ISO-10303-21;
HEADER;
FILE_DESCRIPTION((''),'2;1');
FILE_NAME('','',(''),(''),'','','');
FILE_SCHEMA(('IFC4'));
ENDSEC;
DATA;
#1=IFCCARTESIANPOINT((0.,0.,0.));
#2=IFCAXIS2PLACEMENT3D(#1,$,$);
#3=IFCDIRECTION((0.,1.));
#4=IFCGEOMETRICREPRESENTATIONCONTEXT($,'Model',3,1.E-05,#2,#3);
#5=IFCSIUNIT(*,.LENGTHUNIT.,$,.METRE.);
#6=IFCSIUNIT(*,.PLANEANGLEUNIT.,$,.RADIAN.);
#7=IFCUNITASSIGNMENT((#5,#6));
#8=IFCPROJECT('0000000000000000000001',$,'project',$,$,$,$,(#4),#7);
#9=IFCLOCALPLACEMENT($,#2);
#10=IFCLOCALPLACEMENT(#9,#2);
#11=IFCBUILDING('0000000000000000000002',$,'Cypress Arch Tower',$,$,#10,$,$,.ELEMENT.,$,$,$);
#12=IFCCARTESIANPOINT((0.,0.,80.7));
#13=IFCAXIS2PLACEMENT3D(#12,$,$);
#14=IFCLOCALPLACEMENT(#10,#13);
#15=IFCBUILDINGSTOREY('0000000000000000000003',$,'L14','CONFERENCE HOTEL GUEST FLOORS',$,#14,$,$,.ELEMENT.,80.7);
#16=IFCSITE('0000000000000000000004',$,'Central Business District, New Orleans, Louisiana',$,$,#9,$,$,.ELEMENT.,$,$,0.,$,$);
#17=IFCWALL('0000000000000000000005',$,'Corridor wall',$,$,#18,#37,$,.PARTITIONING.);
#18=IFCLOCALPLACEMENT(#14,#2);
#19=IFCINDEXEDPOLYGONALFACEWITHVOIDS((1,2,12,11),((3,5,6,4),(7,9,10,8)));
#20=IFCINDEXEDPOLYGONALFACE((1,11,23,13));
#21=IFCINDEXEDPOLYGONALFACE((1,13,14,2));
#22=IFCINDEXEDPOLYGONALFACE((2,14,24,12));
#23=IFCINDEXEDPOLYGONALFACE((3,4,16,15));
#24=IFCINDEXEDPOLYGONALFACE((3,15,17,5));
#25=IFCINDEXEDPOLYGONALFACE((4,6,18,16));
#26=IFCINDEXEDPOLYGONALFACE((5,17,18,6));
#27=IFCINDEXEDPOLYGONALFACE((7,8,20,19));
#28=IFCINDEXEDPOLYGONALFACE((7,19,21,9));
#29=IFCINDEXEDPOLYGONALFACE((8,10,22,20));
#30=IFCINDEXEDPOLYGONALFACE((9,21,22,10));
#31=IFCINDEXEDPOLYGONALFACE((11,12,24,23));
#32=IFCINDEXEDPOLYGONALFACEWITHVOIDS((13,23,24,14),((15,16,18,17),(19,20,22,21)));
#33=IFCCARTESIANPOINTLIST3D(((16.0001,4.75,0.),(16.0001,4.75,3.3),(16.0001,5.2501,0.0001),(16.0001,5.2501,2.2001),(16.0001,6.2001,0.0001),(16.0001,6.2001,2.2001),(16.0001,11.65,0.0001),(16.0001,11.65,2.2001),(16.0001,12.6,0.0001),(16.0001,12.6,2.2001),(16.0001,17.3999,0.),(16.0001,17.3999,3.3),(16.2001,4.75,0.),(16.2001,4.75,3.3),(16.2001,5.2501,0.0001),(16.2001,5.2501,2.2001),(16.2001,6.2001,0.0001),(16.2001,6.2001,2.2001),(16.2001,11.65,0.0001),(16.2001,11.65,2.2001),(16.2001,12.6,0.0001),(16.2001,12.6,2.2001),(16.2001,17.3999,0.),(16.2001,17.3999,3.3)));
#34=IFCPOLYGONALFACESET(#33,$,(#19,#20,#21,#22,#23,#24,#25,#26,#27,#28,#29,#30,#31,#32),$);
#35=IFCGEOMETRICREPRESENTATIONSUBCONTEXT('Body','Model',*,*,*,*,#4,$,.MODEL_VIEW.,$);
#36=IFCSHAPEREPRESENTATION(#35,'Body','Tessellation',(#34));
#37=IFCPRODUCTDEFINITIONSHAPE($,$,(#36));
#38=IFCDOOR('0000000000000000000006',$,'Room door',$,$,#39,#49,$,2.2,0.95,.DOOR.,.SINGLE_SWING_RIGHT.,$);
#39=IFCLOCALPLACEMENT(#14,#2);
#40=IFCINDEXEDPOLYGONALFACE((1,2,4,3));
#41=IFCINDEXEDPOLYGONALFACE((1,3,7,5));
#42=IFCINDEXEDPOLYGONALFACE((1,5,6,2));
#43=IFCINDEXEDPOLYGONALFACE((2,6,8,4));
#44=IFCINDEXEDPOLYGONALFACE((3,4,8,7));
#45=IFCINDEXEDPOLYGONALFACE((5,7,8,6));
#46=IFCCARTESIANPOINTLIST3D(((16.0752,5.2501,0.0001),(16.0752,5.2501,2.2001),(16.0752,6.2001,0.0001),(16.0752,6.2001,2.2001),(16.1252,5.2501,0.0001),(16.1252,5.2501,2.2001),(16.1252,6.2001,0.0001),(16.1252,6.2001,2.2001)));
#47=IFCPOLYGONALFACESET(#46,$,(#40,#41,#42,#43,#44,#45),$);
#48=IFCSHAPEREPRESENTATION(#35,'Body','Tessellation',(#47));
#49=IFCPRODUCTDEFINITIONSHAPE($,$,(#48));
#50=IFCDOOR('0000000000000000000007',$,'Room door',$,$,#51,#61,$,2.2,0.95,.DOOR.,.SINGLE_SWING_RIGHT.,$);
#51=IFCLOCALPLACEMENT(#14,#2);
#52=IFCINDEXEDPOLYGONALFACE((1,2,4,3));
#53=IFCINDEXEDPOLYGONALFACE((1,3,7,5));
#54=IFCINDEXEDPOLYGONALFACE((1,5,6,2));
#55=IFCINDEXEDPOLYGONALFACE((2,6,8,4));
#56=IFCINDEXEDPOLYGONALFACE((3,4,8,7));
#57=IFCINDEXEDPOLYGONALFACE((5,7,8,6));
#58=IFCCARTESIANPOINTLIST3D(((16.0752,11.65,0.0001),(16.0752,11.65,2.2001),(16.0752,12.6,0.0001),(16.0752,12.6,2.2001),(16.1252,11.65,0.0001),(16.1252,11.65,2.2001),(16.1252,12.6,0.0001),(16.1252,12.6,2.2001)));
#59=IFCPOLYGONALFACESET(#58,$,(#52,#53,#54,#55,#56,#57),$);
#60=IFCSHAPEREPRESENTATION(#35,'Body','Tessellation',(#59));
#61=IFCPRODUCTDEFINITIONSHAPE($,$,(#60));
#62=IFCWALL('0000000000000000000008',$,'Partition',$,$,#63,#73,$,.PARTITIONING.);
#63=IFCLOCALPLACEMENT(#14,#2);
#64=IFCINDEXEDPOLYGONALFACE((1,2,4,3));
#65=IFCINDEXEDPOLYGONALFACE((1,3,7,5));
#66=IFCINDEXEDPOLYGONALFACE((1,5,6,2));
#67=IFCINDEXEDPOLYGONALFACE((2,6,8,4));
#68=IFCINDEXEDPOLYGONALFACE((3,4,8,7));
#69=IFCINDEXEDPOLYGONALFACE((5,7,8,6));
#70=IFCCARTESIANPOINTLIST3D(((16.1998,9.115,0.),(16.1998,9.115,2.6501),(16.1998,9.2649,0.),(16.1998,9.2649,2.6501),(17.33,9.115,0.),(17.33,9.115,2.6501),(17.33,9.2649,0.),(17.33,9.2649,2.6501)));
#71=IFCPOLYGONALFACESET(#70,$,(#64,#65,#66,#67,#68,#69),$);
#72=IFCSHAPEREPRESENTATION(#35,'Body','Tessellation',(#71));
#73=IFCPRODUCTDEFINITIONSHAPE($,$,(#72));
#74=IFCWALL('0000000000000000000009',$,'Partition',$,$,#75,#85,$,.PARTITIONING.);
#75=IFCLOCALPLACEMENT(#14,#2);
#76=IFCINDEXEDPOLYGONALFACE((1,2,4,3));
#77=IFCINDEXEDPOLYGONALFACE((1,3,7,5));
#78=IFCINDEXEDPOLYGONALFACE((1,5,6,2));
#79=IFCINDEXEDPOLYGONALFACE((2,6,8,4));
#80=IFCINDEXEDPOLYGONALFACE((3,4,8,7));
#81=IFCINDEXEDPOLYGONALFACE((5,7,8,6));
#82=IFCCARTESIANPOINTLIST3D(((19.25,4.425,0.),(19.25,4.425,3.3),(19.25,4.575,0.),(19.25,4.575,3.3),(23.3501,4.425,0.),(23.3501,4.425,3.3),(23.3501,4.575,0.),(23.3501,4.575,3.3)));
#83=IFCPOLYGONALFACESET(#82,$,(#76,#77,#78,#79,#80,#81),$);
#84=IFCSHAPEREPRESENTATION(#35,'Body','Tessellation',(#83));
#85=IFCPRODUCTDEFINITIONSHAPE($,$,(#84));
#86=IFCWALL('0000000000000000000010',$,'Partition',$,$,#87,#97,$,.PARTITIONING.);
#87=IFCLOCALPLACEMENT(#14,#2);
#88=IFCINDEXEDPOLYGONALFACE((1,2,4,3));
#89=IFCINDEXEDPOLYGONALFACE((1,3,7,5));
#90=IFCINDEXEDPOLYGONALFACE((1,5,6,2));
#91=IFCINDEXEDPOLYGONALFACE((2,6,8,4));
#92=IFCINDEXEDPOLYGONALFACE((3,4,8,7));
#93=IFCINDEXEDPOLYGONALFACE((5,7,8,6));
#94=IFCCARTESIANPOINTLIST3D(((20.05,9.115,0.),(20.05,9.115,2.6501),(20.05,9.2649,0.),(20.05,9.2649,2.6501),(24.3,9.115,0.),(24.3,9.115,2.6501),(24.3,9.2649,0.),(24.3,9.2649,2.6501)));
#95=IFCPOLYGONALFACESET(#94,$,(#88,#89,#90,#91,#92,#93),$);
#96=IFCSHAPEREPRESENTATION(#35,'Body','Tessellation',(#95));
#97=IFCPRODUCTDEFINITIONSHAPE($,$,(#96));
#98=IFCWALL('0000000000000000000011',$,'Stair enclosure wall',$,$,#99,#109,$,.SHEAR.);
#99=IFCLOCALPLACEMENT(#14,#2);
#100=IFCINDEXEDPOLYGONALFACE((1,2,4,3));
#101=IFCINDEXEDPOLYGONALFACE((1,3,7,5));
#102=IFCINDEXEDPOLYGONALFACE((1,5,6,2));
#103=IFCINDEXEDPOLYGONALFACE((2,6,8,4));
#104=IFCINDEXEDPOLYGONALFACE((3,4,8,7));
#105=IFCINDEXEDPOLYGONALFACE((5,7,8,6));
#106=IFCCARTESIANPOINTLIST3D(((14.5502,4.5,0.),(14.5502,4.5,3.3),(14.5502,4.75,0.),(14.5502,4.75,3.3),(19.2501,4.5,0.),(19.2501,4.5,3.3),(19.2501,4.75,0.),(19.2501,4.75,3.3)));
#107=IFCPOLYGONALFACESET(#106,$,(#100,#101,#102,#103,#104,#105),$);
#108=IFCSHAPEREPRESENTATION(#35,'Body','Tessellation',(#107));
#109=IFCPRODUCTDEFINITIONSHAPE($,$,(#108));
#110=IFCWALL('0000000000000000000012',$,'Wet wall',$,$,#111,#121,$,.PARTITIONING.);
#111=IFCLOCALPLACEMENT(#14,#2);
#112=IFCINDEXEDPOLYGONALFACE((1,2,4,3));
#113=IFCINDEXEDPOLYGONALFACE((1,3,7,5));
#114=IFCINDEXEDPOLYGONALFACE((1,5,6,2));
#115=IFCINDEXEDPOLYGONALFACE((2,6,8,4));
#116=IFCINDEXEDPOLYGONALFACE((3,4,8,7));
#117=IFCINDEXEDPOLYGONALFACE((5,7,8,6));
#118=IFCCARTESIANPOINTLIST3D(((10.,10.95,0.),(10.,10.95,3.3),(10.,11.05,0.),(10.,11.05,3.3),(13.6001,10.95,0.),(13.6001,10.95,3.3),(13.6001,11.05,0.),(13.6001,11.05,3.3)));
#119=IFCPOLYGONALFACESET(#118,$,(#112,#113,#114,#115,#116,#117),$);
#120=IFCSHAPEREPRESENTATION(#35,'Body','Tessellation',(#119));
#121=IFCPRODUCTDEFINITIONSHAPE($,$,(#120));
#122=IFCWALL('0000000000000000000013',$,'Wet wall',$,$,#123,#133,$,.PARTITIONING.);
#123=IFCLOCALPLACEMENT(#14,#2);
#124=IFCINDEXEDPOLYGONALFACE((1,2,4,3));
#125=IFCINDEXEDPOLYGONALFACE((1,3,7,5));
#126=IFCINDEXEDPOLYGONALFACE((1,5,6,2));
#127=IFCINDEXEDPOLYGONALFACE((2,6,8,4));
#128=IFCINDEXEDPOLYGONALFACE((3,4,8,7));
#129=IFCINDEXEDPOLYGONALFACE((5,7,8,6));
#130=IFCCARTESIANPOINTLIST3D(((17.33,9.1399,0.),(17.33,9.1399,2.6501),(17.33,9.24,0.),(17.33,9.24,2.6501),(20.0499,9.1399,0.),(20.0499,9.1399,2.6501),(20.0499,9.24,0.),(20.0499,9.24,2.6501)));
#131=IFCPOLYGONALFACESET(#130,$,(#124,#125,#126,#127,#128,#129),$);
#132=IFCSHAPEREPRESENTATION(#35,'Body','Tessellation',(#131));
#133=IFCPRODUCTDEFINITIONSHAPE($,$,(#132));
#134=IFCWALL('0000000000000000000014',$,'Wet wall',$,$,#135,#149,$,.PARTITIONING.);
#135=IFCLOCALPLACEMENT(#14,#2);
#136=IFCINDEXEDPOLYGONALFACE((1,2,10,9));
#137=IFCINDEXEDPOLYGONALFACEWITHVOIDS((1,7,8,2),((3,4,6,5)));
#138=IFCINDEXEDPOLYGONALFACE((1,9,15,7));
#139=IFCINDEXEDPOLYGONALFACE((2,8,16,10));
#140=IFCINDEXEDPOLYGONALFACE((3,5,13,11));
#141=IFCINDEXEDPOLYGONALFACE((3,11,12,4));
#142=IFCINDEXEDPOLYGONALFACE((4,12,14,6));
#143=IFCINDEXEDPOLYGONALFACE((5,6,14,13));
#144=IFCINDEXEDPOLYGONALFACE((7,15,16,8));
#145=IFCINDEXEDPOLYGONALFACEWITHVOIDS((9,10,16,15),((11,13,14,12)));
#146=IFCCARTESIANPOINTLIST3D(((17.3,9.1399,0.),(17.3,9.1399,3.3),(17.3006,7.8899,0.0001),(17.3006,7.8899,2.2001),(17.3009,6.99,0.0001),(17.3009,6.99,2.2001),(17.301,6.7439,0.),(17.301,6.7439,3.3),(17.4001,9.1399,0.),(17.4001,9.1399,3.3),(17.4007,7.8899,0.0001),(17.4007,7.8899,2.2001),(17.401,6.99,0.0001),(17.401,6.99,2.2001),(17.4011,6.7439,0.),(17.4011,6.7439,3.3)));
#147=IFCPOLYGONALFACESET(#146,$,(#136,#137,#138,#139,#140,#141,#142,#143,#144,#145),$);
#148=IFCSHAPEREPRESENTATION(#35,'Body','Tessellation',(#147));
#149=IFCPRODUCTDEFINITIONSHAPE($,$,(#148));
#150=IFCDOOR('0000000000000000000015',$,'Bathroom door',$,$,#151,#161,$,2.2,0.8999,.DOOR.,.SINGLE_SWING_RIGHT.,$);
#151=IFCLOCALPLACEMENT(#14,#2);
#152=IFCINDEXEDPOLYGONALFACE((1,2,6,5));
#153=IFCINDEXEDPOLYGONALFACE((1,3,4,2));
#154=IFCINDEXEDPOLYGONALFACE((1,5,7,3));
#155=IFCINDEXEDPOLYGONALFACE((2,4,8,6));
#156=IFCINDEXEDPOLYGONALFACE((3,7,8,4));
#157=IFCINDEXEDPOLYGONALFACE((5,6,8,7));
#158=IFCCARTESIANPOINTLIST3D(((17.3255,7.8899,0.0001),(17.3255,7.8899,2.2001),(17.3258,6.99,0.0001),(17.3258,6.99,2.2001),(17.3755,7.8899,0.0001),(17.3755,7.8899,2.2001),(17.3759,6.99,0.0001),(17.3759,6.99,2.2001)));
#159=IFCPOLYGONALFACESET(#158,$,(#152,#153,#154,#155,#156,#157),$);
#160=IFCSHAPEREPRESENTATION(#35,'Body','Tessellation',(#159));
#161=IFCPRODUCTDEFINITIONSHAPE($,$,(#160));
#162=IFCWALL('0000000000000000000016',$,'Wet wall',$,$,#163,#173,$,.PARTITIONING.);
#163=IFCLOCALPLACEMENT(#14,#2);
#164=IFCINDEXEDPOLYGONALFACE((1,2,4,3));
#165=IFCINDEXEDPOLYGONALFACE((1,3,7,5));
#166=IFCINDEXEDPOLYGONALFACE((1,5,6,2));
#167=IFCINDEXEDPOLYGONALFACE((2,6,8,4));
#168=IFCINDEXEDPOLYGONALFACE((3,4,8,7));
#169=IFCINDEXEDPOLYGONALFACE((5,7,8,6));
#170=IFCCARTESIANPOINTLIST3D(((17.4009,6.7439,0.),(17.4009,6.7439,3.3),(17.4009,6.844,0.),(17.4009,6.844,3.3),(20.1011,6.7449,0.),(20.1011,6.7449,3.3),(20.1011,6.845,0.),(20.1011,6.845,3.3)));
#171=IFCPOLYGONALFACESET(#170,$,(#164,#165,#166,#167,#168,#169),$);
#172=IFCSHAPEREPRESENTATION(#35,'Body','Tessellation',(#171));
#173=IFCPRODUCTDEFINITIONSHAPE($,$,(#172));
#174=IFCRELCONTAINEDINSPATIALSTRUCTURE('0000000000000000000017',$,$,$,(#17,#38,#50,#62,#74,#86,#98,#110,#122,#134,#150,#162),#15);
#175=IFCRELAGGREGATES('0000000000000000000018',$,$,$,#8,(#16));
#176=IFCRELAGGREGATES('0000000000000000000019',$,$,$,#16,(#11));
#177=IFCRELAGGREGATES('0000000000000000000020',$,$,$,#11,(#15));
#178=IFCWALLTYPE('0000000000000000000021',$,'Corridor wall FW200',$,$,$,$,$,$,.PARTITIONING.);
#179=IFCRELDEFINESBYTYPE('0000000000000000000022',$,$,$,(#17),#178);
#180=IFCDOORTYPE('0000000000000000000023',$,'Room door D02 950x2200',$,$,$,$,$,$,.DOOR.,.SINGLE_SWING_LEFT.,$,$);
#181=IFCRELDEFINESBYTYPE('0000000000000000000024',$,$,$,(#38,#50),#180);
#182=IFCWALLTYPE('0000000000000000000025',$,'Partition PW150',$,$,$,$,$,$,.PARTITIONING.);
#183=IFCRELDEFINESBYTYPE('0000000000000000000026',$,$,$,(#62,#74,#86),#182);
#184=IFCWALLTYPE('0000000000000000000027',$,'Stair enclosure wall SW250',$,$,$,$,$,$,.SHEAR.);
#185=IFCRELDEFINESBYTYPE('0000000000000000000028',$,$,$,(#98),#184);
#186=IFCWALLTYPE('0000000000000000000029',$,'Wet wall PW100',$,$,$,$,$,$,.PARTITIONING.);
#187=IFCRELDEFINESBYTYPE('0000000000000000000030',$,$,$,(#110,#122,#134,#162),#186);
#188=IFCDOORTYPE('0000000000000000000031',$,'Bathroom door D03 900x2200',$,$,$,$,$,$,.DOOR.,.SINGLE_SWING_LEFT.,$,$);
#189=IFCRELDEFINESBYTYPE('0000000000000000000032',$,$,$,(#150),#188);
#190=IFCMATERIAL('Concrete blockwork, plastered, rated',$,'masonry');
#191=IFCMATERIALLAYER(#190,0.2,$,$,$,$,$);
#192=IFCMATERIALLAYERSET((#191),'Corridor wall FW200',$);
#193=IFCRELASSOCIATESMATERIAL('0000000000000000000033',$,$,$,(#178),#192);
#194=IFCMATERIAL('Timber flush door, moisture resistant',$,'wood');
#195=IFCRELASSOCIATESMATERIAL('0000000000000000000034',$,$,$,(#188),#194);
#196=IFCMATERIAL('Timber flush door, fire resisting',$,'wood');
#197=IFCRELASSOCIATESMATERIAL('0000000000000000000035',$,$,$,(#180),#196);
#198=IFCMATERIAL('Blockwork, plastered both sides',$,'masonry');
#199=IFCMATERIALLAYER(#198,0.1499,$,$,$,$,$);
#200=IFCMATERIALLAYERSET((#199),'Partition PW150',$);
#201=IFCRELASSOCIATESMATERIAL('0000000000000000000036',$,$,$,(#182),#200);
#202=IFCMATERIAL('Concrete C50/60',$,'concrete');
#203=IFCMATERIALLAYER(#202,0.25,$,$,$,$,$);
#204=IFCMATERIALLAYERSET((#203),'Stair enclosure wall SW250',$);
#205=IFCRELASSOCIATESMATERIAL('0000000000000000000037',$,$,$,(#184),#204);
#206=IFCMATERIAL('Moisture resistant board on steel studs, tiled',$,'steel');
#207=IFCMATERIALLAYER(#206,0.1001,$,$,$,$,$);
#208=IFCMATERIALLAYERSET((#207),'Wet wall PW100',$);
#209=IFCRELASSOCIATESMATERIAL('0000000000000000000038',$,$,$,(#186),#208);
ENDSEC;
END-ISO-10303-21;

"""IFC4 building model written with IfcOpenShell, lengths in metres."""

from ifc_helpers import new_model, si_unit, direction, frame, frame_2d, origin, place, context, subcontext, project, spatial, rectangle, extrude, material, layer, layer_set, type_object, element, fill, save


model = new_model("IFC4")

# Units and contexts
model_context = context("Model", 3, precision=1e-05, world=origin(), true_north=direction((0.0, 1.0)))
body_context = subcontext(model_context, "Body", "Model", "MODEL_VIEW")
ifc_project = project(units=[si_unit("LENGTHUNIT", "METRE"), si_unit("PLANEANGLEUNIT", "RADIAN")], contexts=[model_context])

# Site, building, storey
site_placement = place(None, origin())
site = spatial("IfcSite", under=ifc_project, at=site_placement, Name="Central Business District, New Orleans, Louisiana", CompositionType="ELEMENT", RefElevation=0.0)
building_placement = place(site_placement, origin())
building = spatial("IfcBuilding", under=site, at=building_placement, Name="Cypress Arch Tower", CompositionType="ELEMENT")
storey_placement = place(building_placement, frame((0.0, 0.0, 80.7)))
storey = spatial("IfcBuildingStorey", under=building, at=storey_placement, Name="L14", Description="CONFERENCE HOTEL GUEST FLOORS", CompositionType="ELEMENT", Elevation=80.7)

# Shared definitions
ifc_material_1 = material(Name="Concrete blockwork, plastered, rated", Category="masonry")
ifc_layer_1 = layer(ifc_material_1, 0.2)
ifc_layer_set_1 = layer_set([ifc_layer_1], Name="Corridor wall FW200")
wall_type_1 = type_object("IfcWallType", Name="Corridor wall FW200", PredefinedType="PARTITIONING", material=ifc_layer_set_1)
ifc_material_2 = material(Name="Timber flush door, moisture resistant", Category="wood")
door_type_1 = type_object("IfcDoorType", Name="Bathroom door D03 900x2200", OperationType="SINGLE_SWING_LEFT", PredefinedType="DOOR", material=ifc_material_2)

# Wall, openings, doors
wall_1_placement = place(storey_placement, frame((16.1001, 4.75, 0.0), z_axis=(0.0, 0.0, 1.0), x_axis=(0.0, 1.0, 0.0)))
wall_1 = element("IfcWall", 1, at=wall_1_placement, inside=storey, type_object=wall_type_1, Name="Corridor wall", PredefinedType="PARTITIONING", context=body_context, shape_type="SweptSolid", body=[
    extrude(rectangle(XDim=12.6499, YDim=0.2, at=frame_2d((6.325, 0.0))), origin(), (0.0, 0.0, 1.0), 3.3),
])
opening_1_placement = place(wall_1_placement, frame((0.5, 0.0, 0.0)))
opening_1 = element("IfcOpeningElement", 2, at=opening_1_placement, cuts=wall_1, PredefinedType="OPENING", context=body_context, shape_type="SweptSolid", body=[
    extrude(rectangle(XDim=0.95, YDim=2.2, at=frame_2d((0.4751, 1.1001))), frame((0.0, 0.1099, 0.0), z_axis=(0.0, -1.0, 0.0), x_axis=(1.0, 0.0, 0.0)), (0.0, 0.0, 1.0), 0.22),
])
opening_2_placement = place(wall_1_placement, frame((6.8999, 0.0, 0.0)))
opening_2 = element("IfcOpeningElement", 3, at=opening_2_placement, cuts=wall_1, PredefinedType="OPENING", context=body_context, shape_type="SweptSolid", body=[
    extrude(rectangle(XDim=0.95, YDim=2.2, at=frame_2d((0.4751, 1.1001))), frame((0.0, 0.1099, 0.0), z_axis=(0.0, -1.0, 0.0), x_axis=(1.0, 0.0, 0.0)), (0.0, 0.0, 1.0), 0.22),
])
ifc_material_3 = material(Name="Timber flush door, fire resisting", Category="wood")
door_type_2 = type_object("IfcDoorType", Name="Room door D02 950x2200", OperationType="SINGLE_SWING_LEFT", PredefinedType="DOOR", material=ifc_material_3)
door_1_placement = place(opening_1_placement, origin())
door_1 = element("IfcDoor", 4, at=door_1_placement, inside=storey, type_object=door_type_2, Name="Room door", OperationType="SINGLE_SWING_RIGHT", OverallHeight=2.2, OverallWidth=0.95, PredefinedType="DOOR", context=body_context, shape_type="SweptSolid", body=[
    extrude(rectangle(XDim=0.95, YDim=2.2, at=frame_2d((0.4751, 1.1001))), frame((0.0, 0.0249, 0.0), z_axis=(0.0, -1.0, 0.0), x_axis=(1.0, 0.0, 0.0)), (0.0, 0.0, 1.0), 0.05),
])
fill(opening_1, door_1)
door_2_placement = place(opening_2_placement, origin())
door_2 = element("IfcDoor", 5, at=door_2_placement, inside=storey, type_object=door_type_2, Name="Room door", OperationType="SINGLE_SWING_RIGHT", OverallHeight=2.2, OverallWidth=0.95, PredefinedType="DOOR", context=body_context, shape_type="SweptSolid", body=[
    extrude(rectangle(XDim=0.95, YDim=2.2, at=frame_2d((0.4751, 1.1001))), frame((0.0, 0.0249, 0.0), z_axis=(0.0, -1.0, 0.0), x_axis=(1.0, 0.0, 0.0)), (0.0, 0.0, 1.0), 0.05),
])
fill(opening_2, door_2)

# Walls
ifc_material_4 = material(Name="Blockwork, plastered both sides", Category="masonry")
ifc_layer_2 = layer(ifc_material_4, 0.1499)
ifc_layer_set_2 = layer_set([ifc_layer_2], Name="Partition PW150")
wall_type_2 = type_object("IfcWallType", Name="Partition PW150", PredefinedType="PARTITIONING", material=ifc_layer_set_2)
wall_2_placement = place(storey_placement, frame((16.2, 9.1899, 0.0), z_axis=(0.0, 0.0, 1.0), x_axis=(1.0, 0.0, 0.0)))
element("IfcWall", 6, at=wall_2_placement, inside=storey, type_object=wall_type_2, Name="Partition", PredefinedType="PARTITIONING", context=body_context, shape_type="SweptSolid", body=[
    extrude(rectangle(XDim=1.1301, YDim=0.1499, at=frame_2d((0.5649, 0.0))), origin(), (0.0, 0.0, 1.0), 2.6501),
])
wall_3_placement = place(storey_placement, frame((19.25, 4.5, 0.0), z_axis=(0.0, 0.0, 1.0), x_axis=(1.0, 0.0, 0.0)))
element("IfcWall", 7, at=wall_3_placement, inside=storey, type_object=wall_type_2, Name="Partition", PredefinedType="PARTITIONING", context=body_context, shape_type="SweptSolid", body=[
    extrude(rectangle(XDim=4.1001, YDim=0.1499, at=frame_2d((2.05, 0.0))), origin(), (0.0, 0.0, 1.0), 3.3),
])
wall_4_placement = place(storey_placement, frame((20.05, 9.1899, 0.0), z_axis=(0.0, 0.0, 1.0), x_axis=(1.0, 0.0, 0.0)))
element("IfcWall", 8, at=wall_4_placement, inside=storey, type_object=wall_type_2, Name="Partition", PredefinedType="PARTITIONING", context=body_context, shape_type="SweptSolid", body=[
    extrude(rectangle(XDim=4.25, YDim=0.1499, at=frame_2d((2.125, 0.0))), origin(), (0.0, 0.0, 1.0), 2.6501),
])
ifc_material_5 = material(Name="Concrete C50/60", Category="concrete")
ifc_layer_3 = layer(ifc_material_5, 0.25)
ifc_layer_set_3 = layer_set([ifc_layer_3], Name="Stair enclosure wall SW250")
wall_type_3 = type_object("IfcWallType", Name="Stair enclosure wall SW250", PredefinedType="SHEAR", material=ifc_layer_set_3)
wall_5_placement = place(storey_placement, frame((14.55, 4.625, 0.0), z_axis=(0.0, 0.0, 1.0), x_axis=(1.0, 0.0, 0.0)))
element("IfcWall", 9, at=wall_5_placement, inside=storey, type_object=wall_type_3, Name="Stair enclosure wall", PredefinedType="SHEAR", context=body_context, shape_type="SweptSolid", body=[
    extrude(rectangle(XDim=4.7, YDim=0.25, at=frame_2d((2.3501, 0.0))), origin(), (0.0, 0.0, 1.0), 3.3),
])
ifc_material_6 = material(Name="Moisture resistant board on steel studs, tiled", Category="steel")
ifc_layer_4 = layer(ifc_material_6, 0.1001)
ifc_layer_set_4 = layer_set([ifc_layer_4], Name="Wet wall PW100")
wall_type_4 = type_object("IfcWallType", Name="Wet wall PW100", PredefinedType="PARTITIONING", material=ifc_layer_set_4)
wall_6_placement = place(storey_placement, frame((10.0, 11.0, 0.0), z_axis=(0.0, 0.0, 1.0), x_axis=(1.0, 0.0, 0.0)))
element("IfcWall", 10, at=wall_6_placement, inside=storey, type_object=wall_type_4, Name="Wet wall", PredefinedType="PARTITIONING", context=body_context, shape_type="SweptSolid", body=[
    extrude(rectangle(XDim=3.6001, YDim=0.1001, at=frame_2d((1.8, 0.0))), origin(), (0.0, 0.0, 1.0), 3.3),
])
wall_7_placement = place(storey_placement, frame((17.3301, 9.1899, 0.0), z_axis=(0.0, 0.0, 1.0), x_axis=(1.0, 0.0, 0.0)))
element("IfcWall", 11, at=wall_7_placement, inside=storey, type_object=wall_type_4, Name="Wet wall", PredefinedType="PARTITIONING", context=body_context, shape_type="SweptSolid", body=[
    extrude(rectangle(XDim=2.72, YDim=0.1001, at=frame_2d((1.3599, 0.0))), origin(), (0.0, 0.0, 1.0), 2.6501),
])

# Wall, opening, door
wall_8_placement = place(storey_placement, frame((17.3501, 9.1399, 0.0), z_axis=(0.0, 0.0, 1.0), x_axis=(0.000408, -1.0, 0.0)))
wall_8 = element("IfcWall", 12, at=wall_8_placement, inside=storey, type_object=wall_type_4, Name="Wet wall", PredefinedType="PARTITIONING", context=body_context, shape_type="SweptSolid", body=[
    extrude(rectangle(XDim=2.396, YDim=0.1001, at=frame_2d((1.198, 0.0))), origin(), (0.0, 0.0, 1.0), 3.3),
])
opening_3_placement = place(wall_8_placement, frame((1.25, 0.0, 0.0)))
opening_3 = element("IfcOpeningElement", 13, at=opening_3_placement, cuts=wall_8, PredefinedType="OPENING", context=body_context, shape_type="SweptSolid", body=[
    extrude(rectangle(XDim=0.8999, YDim=2.2, at=frame_2d((0.45, 1.1001))), frame((0.0, 0.0601, 0.0), z_axis=(0.0, -1.0, 0.0), x_axis=(1.0, 0.0, 0.0)), (0.0, 0.0, 1.0), 0.1201),
])
door_3_placement = place(opening_3_placement, origin())
door_3 = element("IfcDoor", 14, at=door_3_placement, inside=storey, type_object=door_type_1, Name="Bathroom door", OperationType="SINGLE_SWING_RIGHT", OverallHeight=2.2, OverallWidth=0.8999, PredefinedType="DOOR", context=body_context, shape_type="SweptSolid", body=[
    extrude(rectangle(XDim=0.8999, YDim=2.2, at=frame_2d((0.45, 1.1001))), frame((0.0, 0.0249, 0.0), z_axis=(0.0, -1.0, 0.0), x_axis=(1.0, 0.0, 0.0)), (0.0, 0.0, 1.0), 0.05),
])
fill(opening_3, door_3)

# Wall
wall_9_placement = place(storey_placement, frame((17.4009, 6.7939, 0.0), z_axis=(0.0, 0.0, 1.0), x_axis=(1.0, 0.000362, 0.0)))
element("IfcWall", 15, at=wall_9_placement, inside=storey, type_object=wall_type_4, Name="Wet wall", PredefinedType="PARTITIONING", context=body_context, shape_type="SweptSolid", body=[
    extrude(rectangle(XDim=2.7002, YDim=0.1001, at=frame_2d((1.3501, 0.0))), origin(), (0.0, 0.0, 1.0), 3.3),
])

save(model, "model.ifc")
